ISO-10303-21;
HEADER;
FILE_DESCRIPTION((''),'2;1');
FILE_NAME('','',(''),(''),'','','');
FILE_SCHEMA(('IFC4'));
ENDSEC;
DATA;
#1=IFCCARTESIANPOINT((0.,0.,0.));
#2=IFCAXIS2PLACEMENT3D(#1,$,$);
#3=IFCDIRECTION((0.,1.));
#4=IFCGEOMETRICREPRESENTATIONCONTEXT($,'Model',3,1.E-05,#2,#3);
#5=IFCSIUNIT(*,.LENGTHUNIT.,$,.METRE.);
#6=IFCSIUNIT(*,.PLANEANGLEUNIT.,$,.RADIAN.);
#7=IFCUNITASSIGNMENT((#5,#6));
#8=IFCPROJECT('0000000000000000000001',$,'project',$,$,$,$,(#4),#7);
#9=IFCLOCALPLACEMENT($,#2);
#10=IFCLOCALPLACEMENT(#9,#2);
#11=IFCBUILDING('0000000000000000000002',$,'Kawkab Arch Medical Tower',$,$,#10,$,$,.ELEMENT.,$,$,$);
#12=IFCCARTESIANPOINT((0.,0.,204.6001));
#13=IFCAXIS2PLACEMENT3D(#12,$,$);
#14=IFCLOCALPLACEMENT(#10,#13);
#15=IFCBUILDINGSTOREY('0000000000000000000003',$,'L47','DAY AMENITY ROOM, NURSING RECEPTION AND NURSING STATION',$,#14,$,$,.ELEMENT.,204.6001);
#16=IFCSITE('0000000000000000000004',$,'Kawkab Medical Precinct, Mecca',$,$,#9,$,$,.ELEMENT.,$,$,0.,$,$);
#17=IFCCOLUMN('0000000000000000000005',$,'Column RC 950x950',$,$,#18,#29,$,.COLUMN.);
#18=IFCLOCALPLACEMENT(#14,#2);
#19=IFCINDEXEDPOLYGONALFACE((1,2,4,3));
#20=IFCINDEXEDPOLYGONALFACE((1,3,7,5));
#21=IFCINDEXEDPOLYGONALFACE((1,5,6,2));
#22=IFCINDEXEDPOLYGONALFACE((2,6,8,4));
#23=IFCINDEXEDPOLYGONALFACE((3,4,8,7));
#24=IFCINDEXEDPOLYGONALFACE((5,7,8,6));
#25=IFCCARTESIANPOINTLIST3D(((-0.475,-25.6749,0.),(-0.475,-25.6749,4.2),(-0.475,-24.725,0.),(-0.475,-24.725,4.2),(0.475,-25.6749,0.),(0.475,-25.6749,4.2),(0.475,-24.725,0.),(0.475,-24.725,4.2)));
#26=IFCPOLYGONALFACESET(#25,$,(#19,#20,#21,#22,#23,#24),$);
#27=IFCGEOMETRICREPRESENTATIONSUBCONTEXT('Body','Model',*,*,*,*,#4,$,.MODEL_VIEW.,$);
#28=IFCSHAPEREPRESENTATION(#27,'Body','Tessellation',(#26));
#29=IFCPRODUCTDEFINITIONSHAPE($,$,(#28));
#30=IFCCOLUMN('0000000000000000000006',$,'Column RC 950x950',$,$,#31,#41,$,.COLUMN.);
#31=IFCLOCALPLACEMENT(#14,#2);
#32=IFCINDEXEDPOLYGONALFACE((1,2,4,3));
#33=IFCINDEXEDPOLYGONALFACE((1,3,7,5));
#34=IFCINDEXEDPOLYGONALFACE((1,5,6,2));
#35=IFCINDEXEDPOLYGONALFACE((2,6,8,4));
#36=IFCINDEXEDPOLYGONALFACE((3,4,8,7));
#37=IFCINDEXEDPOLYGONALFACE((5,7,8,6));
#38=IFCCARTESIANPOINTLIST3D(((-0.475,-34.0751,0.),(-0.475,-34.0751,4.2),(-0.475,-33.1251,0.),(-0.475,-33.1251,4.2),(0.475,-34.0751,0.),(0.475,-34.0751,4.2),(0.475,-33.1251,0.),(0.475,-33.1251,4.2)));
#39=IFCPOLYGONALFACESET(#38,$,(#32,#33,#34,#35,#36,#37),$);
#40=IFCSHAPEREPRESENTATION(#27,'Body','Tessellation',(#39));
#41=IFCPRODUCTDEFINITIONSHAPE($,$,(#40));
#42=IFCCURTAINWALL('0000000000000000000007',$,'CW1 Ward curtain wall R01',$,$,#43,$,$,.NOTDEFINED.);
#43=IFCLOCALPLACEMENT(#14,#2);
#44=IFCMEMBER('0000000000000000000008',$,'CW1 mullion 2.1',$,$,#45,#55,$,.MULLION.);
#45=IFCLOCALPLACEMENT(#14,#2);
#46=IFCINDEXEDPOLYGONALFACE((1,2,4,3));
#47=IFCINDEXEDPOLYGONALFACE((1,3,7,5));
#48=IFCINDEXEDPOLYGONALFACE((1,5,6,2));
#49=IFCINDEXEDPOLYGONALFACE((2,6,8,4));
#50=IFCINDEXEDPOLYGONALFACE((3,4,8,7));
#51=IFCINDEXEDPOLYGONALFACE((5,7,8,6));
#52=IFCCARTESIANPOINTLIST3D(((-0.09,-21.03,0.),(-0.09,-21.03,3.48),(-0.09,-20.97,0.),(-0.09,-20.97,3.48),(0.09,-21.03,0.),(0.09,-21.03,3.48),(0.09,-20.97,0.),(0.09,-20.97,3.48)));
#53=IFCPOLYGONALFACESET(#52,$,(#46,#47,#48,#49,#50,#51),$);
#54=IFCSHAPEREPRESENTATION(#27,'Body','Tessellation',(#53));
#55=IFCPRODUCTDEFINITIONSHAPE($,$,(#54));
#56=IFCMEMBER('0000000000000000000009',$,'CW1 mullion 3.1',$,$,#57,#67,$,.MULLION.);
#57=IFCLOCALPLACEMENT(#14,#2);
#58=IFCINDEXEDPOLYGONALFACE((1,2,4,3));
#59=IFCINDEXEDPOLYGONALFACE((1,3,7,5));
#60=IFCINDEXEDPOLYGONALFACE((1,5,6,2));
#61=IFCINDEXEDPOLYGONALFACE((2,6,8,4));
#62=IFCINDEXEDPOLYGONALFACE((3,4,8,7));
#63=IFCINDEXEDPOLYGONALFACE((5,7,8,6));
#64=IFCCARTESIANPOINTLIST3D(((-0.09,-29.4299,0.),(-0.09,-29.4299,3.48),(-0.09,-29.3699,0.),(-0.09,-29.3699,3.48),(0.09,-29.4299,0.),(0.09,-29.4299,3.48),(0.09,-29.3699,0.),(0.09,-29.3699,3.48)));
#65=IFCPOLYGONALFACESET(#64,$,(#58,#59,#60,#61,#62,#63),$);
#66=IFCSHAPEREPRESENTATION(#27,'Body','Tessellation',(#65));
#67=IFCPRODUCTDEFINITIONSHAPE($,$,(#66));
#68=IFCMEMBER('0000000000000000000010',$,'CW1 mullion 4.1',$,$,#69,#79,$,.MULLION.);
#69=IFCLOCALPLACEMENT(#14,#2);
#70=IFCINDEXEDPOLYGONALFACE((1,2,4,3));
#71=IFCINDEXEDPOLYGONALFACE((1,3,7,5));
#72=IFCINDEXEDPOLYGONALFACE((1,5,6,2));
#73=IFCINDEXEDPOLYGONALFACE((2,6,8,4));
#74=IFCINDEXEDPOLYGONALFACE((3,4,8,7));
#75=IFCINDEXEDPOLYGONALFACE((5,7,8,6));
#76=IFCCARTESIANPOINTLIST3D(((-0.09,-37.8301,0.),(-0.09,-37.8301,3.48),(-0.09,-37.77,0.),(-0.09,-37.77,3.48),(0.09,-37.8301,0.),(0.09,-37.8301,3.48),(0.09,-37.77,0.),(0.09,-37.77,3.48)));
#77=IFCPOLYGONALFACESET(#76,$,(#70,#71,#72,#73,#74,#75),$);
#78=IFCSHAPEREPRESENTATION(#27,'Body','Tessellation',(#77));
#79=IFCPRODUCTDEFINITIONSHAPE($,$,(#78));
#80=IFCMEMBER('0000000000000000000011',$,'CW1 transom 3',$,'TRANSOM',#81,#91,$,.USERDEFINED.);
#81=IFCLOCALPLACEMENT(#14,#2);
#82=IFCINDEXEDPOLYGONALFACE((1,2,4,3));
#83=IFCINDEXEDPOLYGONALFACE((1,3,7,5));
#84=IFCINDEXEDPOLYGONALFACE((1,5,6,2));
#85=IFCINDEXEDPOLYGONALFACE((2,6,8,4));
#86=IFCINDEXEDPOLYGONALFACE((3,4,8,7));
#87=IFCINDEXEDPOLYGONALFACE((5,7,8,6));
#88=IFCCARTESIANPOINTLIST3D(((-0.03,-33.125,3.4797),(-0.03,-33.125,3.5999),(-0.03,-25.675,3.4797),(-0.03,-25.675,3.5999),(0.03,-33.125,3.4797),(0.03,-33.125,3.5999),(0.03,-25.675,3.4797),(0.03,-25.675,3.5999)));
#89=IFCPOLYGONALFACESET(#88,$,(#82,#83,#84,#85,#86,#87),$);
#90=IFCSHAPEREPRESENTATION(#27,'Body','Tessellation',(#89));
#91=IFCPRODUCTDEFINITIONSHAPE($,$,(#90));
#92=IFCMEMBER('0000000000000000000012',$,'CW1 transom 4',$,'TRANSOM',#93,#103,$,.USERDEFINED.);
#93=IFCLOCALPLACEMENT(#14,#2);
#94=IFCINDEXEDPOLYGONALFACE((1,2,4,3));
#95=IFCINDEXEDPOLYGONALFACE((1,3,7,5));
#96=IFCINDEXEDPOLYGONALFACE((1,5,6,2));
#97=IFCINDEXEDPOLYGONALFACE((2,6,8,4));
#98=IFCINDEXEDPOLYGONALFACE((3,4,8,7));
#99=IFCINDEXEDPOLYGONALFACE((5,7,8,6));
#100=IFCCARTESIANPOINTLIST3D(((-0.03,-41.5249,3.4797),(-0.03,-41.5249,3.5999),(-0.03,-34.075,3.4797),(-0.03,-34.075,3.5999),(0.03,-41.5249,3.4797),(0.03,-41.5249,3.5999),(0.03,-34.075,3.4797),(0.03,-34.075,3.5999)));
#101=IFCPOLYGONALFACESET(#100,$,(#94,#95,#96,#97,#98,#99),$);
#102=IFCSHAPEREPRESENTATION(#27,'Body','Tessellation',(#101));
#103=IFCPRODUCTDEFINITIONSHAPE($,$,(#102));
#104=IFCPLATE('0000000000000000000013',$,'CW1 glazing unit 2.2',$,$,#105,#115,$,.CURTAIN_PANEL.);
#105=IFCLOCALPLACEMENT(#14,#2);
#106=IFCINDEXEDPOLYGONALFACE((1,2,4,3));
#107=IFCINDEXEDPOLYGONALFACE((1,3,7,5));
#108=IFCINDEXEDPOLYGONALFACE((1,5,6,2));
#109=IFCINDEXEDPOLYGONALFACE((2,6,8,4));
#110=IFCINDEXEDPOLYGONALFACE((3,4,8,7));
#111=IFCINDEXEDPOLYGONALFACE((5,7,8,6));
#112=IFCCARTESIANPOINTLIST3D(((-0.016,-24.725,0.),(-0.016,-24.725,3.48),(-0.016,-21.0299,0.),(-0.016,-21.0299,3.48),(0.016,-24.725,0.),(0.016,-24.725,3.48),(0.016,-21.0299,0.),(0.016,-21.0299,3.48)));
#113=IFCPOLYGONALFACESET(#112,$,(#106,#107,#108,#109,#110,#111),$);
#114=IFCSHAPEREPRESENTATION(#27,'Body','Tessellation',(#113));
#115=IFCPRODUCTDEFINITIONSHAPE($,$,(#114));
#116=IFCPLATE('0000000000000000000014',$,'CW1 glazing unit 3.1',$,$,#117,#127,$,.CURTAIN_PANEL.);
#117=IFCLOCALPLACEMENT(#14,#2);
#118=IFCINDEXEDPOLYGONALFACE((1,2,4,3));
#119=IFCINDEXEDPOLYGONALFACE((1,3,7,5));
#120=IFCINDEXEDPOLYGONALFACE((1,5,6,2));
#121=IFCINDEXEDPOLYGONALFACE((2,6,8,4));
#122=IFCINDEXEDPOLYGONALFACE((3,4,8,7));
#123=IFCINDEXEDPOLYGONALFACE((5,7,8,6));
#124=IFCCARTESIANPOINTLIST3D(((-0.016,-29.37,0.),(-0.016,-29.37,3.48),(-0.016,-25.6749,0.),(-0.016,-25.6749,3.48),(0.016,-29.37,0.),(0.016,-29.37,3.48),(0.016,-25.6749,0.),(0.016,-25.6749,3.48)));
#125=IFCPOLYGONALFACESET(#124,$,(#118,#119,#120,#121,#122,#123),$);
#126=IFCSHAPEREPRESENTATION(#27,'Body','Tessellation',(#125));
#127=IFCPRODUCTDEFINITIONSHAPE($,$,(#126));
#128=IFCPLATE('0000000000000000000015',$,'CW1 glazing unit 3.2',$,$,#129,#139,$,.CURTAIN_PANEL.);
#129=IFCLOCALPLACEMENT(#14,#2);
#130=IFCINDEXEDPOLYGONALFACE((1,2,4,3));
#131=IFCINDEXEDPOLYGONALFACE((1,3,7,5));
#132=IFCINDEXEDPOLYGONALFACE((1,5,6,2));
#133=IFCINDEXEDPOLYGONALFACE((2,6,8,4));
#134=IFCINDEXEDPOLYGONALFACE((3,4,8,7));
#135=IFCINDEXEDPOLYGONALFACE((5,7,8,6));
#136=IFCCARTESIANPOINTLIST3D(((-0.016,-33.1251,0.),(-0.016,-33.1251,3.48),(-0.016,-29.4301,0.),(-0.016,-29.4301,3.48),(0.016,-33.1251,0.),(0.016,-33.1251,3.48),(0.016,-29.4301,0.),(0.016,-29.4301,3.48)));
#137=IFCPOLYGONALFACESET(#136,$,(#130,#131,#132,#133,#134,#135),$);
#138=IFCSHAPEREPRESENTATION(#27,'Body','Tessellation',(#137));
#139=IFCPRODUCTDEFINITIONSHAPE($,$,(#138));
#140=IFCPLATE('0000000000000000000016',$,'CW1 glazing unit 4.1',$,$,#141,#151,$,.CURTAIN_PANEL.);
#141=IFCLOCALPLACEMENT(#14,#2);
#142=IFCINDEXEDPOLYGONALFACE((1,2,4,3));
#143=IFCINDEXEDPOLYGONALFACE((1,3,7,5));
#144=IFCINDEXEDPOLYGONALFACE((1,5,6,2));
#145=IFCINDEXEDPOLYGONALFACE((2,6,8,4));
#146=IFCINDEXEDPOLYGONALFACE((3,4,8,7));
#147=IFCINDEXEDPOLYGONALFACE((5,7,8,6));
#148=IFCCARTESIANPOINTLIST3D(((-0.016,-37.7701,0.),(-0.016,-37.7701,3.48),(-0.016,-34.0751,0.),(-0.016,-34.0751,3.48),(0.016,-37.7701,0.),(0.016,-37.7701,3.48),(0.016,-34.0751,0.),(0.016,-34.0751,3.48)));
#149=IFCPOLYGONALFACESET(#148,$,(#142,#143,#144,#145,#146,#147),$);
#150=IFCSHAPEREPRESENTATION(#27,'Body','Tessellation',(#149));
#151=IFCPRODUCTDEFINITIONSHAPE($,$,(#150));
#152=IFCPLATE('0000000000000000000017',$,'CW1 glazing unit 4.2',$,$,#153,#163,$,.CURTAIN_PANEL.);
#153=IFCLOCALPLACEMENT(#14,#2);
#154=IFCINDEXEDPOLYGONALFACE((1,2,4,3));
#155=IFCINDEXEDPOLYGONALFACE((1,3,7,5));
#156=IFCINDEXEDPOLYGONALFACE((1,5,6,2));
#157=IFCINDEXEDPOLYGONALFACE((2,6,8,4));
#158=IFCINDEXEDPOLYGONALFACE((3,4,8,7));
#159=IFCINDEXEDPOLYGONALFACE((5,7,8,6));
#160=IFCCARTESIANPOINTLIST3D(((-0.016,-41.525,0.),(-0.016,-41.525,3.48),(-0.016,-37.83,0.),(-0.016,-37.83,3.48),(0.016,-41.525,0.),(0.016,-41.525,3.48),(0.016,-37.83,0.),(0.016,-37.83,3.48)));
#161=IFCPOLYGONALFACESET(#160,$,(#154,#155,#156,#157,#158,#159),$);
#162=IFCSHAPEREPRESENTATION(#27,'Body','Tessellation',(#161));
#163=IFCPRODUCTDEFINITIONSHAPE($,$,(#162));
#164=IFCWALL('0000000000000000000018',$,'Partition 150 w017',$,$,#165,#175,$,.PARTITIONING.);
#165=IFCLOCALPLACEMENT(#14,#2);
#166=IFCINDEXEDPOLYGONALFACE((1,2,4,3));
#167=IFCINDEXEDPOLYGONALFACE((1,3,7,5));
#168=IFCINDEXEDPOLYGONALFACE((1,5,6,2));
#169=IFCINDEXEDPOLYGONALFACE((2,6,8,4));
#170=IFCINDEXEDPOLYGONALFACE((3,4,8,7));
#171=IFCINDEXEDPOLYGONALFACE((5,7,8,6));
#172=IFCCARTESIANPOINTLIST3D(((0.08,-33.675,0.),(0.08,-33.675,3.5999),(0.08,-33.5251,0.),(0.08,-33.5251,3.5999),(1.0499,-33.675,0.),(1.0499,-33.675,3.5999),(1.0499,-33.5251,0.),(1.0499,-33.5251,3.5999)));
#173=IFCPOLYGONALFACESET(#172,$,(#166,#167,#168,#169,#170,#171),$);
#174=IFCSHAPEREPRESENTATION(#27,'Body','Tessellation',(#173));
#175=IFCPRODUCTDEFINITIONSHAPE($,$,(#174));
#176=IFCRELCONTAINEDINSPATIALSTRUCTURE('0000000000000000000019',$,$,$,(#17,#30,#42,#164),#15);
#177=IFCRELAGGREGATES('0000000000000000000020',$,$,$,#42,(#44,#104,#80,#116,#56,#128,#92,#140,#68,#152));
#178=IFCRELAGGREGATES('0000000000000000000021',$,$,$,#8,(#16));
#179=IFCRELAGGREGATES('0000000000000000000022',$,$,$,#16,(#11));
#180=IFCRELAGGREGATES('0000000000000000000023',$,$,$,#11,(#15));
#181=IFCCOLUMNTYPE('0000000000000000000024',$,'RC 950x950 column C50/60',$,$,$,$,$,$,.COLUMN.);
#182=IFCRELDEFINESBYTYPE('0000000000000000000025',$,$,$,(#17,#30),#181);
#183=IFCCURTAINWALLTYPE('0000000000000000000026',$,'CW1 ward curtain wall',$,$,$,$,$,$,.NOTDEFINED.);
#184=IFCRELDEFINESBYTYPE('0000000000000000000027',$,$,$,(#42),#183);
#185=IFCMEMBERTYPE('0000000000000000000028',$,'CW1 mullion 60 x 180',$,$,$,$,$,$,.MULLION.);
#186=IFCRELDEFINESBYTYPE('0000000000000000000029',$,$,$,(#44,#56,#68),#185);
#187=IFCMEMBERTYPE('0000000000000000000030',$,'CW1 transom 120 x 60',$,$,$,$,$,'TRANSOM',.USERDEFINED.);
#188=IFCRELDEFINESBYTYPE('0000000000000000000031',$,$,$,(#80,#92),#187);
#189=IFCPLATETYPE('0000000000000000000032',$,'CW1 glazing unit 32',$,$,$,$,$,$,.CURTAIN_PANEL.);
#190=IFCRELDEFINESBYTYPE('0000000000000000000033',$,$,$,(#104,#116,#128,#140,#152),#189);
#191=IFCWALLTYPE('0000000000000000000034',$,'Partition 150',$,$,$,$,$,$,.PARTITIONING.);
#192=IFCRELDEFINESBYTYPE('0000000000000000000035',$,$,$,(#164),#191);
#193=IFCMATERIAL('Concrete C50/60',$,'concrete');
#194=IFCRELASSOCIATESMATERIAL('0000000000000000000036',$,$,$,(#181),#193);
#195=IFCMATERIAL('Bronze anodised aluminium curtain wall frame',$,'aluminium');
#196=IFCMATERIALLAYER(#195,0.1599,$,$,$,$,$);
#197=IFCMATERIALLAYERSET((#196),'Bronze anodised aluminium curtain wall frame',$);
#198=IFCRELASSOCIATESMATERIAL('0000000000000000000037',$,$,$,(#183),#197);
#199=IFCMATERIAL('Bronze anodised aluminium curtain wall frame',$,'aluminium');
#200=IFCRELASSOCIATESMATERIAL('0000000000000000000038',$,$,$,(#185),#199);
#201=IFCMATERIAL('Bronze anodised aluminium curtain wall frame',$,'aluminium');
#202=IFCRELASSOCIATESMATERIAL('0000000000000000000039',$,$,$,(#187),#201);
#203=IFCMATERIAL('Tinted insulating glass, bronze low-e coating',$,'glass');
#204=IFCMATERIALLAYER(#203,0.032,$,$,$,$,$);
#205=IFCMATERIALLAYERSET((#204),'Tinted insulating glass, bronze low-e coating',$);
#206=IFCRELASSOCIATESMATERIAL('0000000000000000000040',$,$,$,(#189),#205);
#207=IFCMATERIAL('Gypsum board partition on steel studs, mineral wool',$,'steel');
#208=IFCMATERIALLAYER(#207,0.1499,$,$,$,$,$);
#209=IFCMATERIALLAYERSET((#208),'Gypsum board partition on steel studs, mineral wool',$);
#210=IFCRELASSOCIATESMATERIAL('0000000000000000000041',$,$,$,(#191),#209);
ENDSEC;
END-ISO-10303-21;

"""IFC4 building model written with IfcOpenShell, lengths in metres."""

from ifc_helpers import new_model, si_unit, direction, frame, frame_2d, origin, origin_2d, place, context, subcontext, project, spatial, rectangle, extrude, material, layer, layer_set, material_profile, profile_set, type_object, element, aggregate, save


model = new_model("IFC4")

# Units and contexts
model_context = context("Model", 3, precision=1e-05, world=origin(), true_north=direction((0.0, 1.0)))
body_context = subcontext(model_context, "Body", "Model", "MODEL_VIEW")
ifc_project = project(units=[si_unit("LENGTHUNIT", "METRE"), si_unit("PLANEANGLEUNIT", "RADIAN")], contexts=[model_context])

# Site, building, storey
site_placement = place(None, origin())
site = spatial("IfcSite", under=ifc_project, at=site_placement, Name="Kawkab Medical Precinct, Mecca", CompositionType="ELEMENT", RefElevation=0.0)
building_placement = place(site_placement, origin())
building = spatial("IfcBuilding", under=site, at=building_placement, Name="Kawkab Arch Medical Tower", CompositionType="ELEMENT")
storey_placement = place(building_placement, frame((0.0, 0.0, 204.6001)))
storey = spatial("IfcBuildingStorey", under=building, at=storey_placement, Name="L47", Description="DAY AMENITY ROOM, NURSING RECEPTION AND NURSING STATION", CompositionType="ELEMENT", Elevation=204.6001)

# Columns
ifc_material_1 = material(Name="Concrete C50/60", Category="concrete")
ifc_material_profile_1 = material_profile(ifc_material_1, rectangle(XDim=0.95, YDim=0.95, at=origin_2d()), Name="RC 950x950")
ifc_profile_set_1 = profile_set([ifc_material_profile_1], Name="Concrete C50/60")
column_type = type_object("IfcColumnType", Name="RC 950x950 column C50/60", PredefinedType="COLUMN", material=ifc_profile_set_1)
for number, where, z_axis, x_axis, name in (
    (1, (0.0, -25.2, 0.0), (0.0, 0.0, 1.0), (1.0, 0.0, 0.0), "Column RC 950x950"),
    (2, (0.0, -33.6001, 0.0), (0.0, 0.0, 1.0), (1.0, 0.0, 0.0), "Column RC 950x950"),
):
    element("IfcColumn", number, at=place(storey_placement, frame(where, z_axis=z_axis, x_axis=x_axis)), inside=storey, type_object=column_type, Name=name, PredefinedType="COLUMN", context=body_context, shape_type="SweptSolid", body=[
        extrude(rectangle(XDim=0.95, YDim=0.95, at=origin_2d()), origin(), (0.0, 0.0, 1.0), 4.2),
    ])

# Curtain wall, members, plates
ifc_material_2 = material(Name="Bronze anodised aluminium curtain wall frame", Category="aluminium")
ifc_layer_1 = layer(ifc_material_2, 0.1599)
ifc_layer_set_1 = layer_set([ifc_layer_1], Name="Bronze anodised aluminium curtain wall frame")
curtain_wall_type = type_object("IfcCurtainWallType", Name="CW1 ward curtain wall", PredefinedType="NOTDEFINED", material=ifc_layer_set_1)
curtain_wall_placement = place(storey_placement, origin())
curtain_wall = element("IfcCurtainWall", 3, at=curtain_wall_placement, inside=storey, type_object=curtain_wall_type, Name="CW1 Ward curtain wall R01", PredefinedType="NOTDEFINED")
ifc_material_3 = material(Name="Bronze anodised aluminium curtain wall frame", Category="aluminium")
ifc_material_profile_2 = material_profile(ifc_material_3, rectangle(XDim=0.1799, YDim=0.0601, at=origin_2d()), Name="AL 60x180")
ifc_profile_set_2 = profile_set([ifc_material_profile_2], Name="Bronze anodised aluminium curtain wall frame")
member_type_1 = type_object("IfcMemberType", Name="CW1 mullion 60 x 180", PredefinedType="MULLION", material=ifc_profile_set_2)
member_1_placement = place(storey_placement, frame((0.0, -21.0, 0.0), z_axis=(0.0, 0.0, 1.0), x_axis=(1.0, 0.0, 0.0)))
member_1 = element("IfcMember", 4, at=member_1_placement, type_object=member_type_1, Name="CW1 mullion 2.1", PredefinedType="MULLION", context=body_context, shape_type="SweptSolid", body=[
    extrude(rectangle(XDim=0.1799, YDim=0.0601, at=origin_2d()), origin(), (0.0, 0.0, 1.0), 3.48),
])
member_2_placement = place(storey_placement, frame((0.0, -29.3999, 0.0), z_axis=(0.0, 0.0, 1.0), x_axis=(1.0, 0.0, 0.0)))
member_2 = element("IfcMember", 5, at=member_2_placement, type_object=member_type_1, Name="CW1 mullion 3.1", PredefinedType="MULLION", context=body_context, shape_type="SweptSolid", body=[
    extrude(rectangle(XDim=0.1799, YDim=0.0601, at=origin_2d()), origin(), (0.0, 0.0, 1.0), 3.48),
])
member_3_placement = place(storey_placement, frame((0.0, -37.8, 0.0), z_axis=(0.0, 0.0, 1.0), x_axis=(1.0, 0.0, 0.0)))
member_3 = element("IfcMember", 6, at=member_3_placement, type_object=member_type_1, Name="CW1 mullion 4.1", PredefinedType="MULLION", context=body_context, shape_type="SweptSolid", body=[
    extrude(rectangle(XDim=0.1799, YDim=0.0601, at=origin_2d()), origin(), (0.0, 0.0, 1.0), 3.48),
])
ifc_material_4 = material(Name="Bronze anodised aluminium curtain wall frame", Category="aluminium")
ifc_material_profile_3 = material_profile(ifc_material_4, rectangle(XDim=0.0601, YDim=0.1201, at=origin_2d()), Name="AL 60x120")
ifc_profile_set_3 = profile_set([ifc_material_profile_3], Name="Bronze anodised aluminium curtain wall frame")
member_type_2 = type_object("IfcMemberType", Name="CW1 transom 120 x 60", ElementType="TRANSOM", PredefinedType="USERDEFINED", material=ifc_profile_set_3)
member_4_placement = place(storey_placement, frame((0.0, -25.675, 3.5398), z_axis=(0.0, -1.0, 0.0), x_axis=(1.0, 0.0, 0.0)))
member_4 = element("IfcMember", 7, at=member_4_placement, type_object=member_type_2, Name="CW1 transom 3", ObjectType="TRANSOM", PredefinedType="USERDEFINED", context=body_context, shape_type="SweptSolid", body=[
    extrude(rectangle(XDim=0.0601, YDim=0.1201, at=origin_2d()), origin(), (0.0, 0.0, 1.0), 7.45),
])
member_5_placement = place(storey_placement, frame((0.0, -34.075, 3.5398), z_axis=(0.0, -1.0, 0.0), x_axis=(1.0, 0.0, 0.0)))
member_5 = element("IfcMember", 8, at=member_5_placement, type_object=member_type_2, Name="CW1 transom 4", ObjectType="TRANSOM", PredefinedType="USERDEFINED", context=body_context, shape_type="SweptSolid", body=[
    extrude(rectangle(XDim=0.0601, YDim=0.1201, at=origin_2d()), origin(), (0.0, 0.0, 1.0), 7.45),
])
ifc_material_5 = material(Name="Tinted insulating glass, bronze low-e coating", Category="glass")
ifc_layer_2 = layer(ifc_material_5, 0.032)
ifc_layer_set_2 = layer_set([ifc_layer_2], Name="Tinted insulating glass, bronze low-e coating")
plate_type = type_object("IfcPlateType", Name="CW1 glazing unit 32", PredefinedType="CURTAIN_PANEL", material=ifc_layer_set_2)
plate_1_placement = place(storey_placement, frame((0.0, -22.8774, 0.0), z_axis=(0.0, 0.0, 1.0), x_axis=(0.0, -1.0, 0.0)))
plate_1 = element("IfcPlate", 9, at=plate_1_placement, type_object=plate_type, Name="CW1 glazing unit 2.2", PredefinedType="CURTAIN_PANEL", context=body_context, shape_type="SweptSolid", body=[
    extrude(rectangle(XDim=3.6951, YDim=0.032, at=origin_2d()), origin(), (0.0, 0.0, 1.0), 3.48),
])
plate_2_placement = place(storey_placement, frame((0.0, -27.5225, 0.0), z_axis=(0.0, 0.0, 1.0), x_axis=(0.0, -1.0, 0.0)))
plate_2 = element("IfcPlate", 10, at=plate_2_placement, type_object=plate_type, Name="CW1 glazing unit 3.1", PredefinedType="CURTAIN_PANEL", context=body_context, shape_type="SweptSolid", body=[
    extrude(rectangle(XDim=3.6951, YDim=0.032, at=origin_2d()), origin(), (0.0, 0.0, 1.0), 3.48),
])
plate_3_placement = place(storey_placement, frame((0.0, -31.2776, 0.0), z_axis=(0.0, 0.0, 1.0), x_axis=(0.0, -1.0, 0.0)))
plate_3 = element("IfcPlate", 11, at=plate_3_placement, type_object=plate_type, Name="CW1 glazing unit 3.2", PredefinedType="CURTAIN_PANEL", context=body_context, shape_type="SweptSolid", body=[
    extrude(rectangle(XDim=3.6951, YDim=0.032, at=origin_2d()), origin(), (0.0, 0.0, 1.0), 3.48),
])
plate_4_placement = place(storey_placement, frame((0.0, -35.9226, 0.0), z_axis=(0.0, 0.0, 1.0), x_axis=(0.0, -1.0, 0.0)))
plate_4 = element("IfcPlate", 12, at=plate_4_placement, type_object=plate_type, Name="CW1 glazing unit 4.1", PredefinedType="CURTAIN_PANEL", context=body_context, shape_type="SweptSolid", body=[
    extrude(rectangle(XDim=3.6951, YDim=0.032, at=origin_2d()), origin(), (0.0, 0.0, 1.0), 3.48),
])
plate_5_placement = place(storey_placement, frame((0.0, -39.6775, 0.0), z_axis=(0.0, 0.0, 1.0), x_axis=(0.0, -1.0, 0.0)))
plate_5 = element("IfcPlate", 13, at=plate_5_placement, type_object=plate_type, Name="CW1 glazing unit 4.2", PredefinedType="CURTAIN_PANEL", context=body_context, shape_type="SweptSolid", body=[
    extrude(rectangle(XDim=3.6951, YDim=0.032, at=origin_2d()), origin(), (0.0, 0.0, 1.0), 3.48),
])
aggregate(curtain_wall, [member_1, plate_1, member_4, plate_2, member_2, plate_3, member_5, plate_4, member_3, plate_5])

# Wall
ifc_material_6 = material(Name="Gypsum board partition on steel studs, mineral wool", Category="steel")
ifc_layer_3 = layer(ifc_material_6, 0.1499)
ifc_layer_set_3 = layer_set([ifc_layer_3], Name="Gypsum board partition on steel studs, mineral wool")
wall_type_1 = type_object("IfcWallType", Name="Partition 150", PredefinedType="PARTITIONING", material=ifc_layer_set_3)
wall_1_placement = place(storey_placement, frame((0.0801, -33.6001, 0.0), z_axis=(0.0, 0.0, 1.0), x_axis=(1.0, 0.0, 0.0)))
element("IfcWall", 14, at=wall_1_placement, inside=storey, type_object=wall_type_1, Name="Partition 150 w017", PredefinedType="PARTITIONING", context=body_context, shape_type="SweptSolid", body=[
    extrude(rectangle(XDim=0.97, YDim=0.1499, at=frame_2d((0.4849, 0.0))), origin(), (0.0, 0.0, 1.0), 3.5999),
])

save(model, "model.ifc")
